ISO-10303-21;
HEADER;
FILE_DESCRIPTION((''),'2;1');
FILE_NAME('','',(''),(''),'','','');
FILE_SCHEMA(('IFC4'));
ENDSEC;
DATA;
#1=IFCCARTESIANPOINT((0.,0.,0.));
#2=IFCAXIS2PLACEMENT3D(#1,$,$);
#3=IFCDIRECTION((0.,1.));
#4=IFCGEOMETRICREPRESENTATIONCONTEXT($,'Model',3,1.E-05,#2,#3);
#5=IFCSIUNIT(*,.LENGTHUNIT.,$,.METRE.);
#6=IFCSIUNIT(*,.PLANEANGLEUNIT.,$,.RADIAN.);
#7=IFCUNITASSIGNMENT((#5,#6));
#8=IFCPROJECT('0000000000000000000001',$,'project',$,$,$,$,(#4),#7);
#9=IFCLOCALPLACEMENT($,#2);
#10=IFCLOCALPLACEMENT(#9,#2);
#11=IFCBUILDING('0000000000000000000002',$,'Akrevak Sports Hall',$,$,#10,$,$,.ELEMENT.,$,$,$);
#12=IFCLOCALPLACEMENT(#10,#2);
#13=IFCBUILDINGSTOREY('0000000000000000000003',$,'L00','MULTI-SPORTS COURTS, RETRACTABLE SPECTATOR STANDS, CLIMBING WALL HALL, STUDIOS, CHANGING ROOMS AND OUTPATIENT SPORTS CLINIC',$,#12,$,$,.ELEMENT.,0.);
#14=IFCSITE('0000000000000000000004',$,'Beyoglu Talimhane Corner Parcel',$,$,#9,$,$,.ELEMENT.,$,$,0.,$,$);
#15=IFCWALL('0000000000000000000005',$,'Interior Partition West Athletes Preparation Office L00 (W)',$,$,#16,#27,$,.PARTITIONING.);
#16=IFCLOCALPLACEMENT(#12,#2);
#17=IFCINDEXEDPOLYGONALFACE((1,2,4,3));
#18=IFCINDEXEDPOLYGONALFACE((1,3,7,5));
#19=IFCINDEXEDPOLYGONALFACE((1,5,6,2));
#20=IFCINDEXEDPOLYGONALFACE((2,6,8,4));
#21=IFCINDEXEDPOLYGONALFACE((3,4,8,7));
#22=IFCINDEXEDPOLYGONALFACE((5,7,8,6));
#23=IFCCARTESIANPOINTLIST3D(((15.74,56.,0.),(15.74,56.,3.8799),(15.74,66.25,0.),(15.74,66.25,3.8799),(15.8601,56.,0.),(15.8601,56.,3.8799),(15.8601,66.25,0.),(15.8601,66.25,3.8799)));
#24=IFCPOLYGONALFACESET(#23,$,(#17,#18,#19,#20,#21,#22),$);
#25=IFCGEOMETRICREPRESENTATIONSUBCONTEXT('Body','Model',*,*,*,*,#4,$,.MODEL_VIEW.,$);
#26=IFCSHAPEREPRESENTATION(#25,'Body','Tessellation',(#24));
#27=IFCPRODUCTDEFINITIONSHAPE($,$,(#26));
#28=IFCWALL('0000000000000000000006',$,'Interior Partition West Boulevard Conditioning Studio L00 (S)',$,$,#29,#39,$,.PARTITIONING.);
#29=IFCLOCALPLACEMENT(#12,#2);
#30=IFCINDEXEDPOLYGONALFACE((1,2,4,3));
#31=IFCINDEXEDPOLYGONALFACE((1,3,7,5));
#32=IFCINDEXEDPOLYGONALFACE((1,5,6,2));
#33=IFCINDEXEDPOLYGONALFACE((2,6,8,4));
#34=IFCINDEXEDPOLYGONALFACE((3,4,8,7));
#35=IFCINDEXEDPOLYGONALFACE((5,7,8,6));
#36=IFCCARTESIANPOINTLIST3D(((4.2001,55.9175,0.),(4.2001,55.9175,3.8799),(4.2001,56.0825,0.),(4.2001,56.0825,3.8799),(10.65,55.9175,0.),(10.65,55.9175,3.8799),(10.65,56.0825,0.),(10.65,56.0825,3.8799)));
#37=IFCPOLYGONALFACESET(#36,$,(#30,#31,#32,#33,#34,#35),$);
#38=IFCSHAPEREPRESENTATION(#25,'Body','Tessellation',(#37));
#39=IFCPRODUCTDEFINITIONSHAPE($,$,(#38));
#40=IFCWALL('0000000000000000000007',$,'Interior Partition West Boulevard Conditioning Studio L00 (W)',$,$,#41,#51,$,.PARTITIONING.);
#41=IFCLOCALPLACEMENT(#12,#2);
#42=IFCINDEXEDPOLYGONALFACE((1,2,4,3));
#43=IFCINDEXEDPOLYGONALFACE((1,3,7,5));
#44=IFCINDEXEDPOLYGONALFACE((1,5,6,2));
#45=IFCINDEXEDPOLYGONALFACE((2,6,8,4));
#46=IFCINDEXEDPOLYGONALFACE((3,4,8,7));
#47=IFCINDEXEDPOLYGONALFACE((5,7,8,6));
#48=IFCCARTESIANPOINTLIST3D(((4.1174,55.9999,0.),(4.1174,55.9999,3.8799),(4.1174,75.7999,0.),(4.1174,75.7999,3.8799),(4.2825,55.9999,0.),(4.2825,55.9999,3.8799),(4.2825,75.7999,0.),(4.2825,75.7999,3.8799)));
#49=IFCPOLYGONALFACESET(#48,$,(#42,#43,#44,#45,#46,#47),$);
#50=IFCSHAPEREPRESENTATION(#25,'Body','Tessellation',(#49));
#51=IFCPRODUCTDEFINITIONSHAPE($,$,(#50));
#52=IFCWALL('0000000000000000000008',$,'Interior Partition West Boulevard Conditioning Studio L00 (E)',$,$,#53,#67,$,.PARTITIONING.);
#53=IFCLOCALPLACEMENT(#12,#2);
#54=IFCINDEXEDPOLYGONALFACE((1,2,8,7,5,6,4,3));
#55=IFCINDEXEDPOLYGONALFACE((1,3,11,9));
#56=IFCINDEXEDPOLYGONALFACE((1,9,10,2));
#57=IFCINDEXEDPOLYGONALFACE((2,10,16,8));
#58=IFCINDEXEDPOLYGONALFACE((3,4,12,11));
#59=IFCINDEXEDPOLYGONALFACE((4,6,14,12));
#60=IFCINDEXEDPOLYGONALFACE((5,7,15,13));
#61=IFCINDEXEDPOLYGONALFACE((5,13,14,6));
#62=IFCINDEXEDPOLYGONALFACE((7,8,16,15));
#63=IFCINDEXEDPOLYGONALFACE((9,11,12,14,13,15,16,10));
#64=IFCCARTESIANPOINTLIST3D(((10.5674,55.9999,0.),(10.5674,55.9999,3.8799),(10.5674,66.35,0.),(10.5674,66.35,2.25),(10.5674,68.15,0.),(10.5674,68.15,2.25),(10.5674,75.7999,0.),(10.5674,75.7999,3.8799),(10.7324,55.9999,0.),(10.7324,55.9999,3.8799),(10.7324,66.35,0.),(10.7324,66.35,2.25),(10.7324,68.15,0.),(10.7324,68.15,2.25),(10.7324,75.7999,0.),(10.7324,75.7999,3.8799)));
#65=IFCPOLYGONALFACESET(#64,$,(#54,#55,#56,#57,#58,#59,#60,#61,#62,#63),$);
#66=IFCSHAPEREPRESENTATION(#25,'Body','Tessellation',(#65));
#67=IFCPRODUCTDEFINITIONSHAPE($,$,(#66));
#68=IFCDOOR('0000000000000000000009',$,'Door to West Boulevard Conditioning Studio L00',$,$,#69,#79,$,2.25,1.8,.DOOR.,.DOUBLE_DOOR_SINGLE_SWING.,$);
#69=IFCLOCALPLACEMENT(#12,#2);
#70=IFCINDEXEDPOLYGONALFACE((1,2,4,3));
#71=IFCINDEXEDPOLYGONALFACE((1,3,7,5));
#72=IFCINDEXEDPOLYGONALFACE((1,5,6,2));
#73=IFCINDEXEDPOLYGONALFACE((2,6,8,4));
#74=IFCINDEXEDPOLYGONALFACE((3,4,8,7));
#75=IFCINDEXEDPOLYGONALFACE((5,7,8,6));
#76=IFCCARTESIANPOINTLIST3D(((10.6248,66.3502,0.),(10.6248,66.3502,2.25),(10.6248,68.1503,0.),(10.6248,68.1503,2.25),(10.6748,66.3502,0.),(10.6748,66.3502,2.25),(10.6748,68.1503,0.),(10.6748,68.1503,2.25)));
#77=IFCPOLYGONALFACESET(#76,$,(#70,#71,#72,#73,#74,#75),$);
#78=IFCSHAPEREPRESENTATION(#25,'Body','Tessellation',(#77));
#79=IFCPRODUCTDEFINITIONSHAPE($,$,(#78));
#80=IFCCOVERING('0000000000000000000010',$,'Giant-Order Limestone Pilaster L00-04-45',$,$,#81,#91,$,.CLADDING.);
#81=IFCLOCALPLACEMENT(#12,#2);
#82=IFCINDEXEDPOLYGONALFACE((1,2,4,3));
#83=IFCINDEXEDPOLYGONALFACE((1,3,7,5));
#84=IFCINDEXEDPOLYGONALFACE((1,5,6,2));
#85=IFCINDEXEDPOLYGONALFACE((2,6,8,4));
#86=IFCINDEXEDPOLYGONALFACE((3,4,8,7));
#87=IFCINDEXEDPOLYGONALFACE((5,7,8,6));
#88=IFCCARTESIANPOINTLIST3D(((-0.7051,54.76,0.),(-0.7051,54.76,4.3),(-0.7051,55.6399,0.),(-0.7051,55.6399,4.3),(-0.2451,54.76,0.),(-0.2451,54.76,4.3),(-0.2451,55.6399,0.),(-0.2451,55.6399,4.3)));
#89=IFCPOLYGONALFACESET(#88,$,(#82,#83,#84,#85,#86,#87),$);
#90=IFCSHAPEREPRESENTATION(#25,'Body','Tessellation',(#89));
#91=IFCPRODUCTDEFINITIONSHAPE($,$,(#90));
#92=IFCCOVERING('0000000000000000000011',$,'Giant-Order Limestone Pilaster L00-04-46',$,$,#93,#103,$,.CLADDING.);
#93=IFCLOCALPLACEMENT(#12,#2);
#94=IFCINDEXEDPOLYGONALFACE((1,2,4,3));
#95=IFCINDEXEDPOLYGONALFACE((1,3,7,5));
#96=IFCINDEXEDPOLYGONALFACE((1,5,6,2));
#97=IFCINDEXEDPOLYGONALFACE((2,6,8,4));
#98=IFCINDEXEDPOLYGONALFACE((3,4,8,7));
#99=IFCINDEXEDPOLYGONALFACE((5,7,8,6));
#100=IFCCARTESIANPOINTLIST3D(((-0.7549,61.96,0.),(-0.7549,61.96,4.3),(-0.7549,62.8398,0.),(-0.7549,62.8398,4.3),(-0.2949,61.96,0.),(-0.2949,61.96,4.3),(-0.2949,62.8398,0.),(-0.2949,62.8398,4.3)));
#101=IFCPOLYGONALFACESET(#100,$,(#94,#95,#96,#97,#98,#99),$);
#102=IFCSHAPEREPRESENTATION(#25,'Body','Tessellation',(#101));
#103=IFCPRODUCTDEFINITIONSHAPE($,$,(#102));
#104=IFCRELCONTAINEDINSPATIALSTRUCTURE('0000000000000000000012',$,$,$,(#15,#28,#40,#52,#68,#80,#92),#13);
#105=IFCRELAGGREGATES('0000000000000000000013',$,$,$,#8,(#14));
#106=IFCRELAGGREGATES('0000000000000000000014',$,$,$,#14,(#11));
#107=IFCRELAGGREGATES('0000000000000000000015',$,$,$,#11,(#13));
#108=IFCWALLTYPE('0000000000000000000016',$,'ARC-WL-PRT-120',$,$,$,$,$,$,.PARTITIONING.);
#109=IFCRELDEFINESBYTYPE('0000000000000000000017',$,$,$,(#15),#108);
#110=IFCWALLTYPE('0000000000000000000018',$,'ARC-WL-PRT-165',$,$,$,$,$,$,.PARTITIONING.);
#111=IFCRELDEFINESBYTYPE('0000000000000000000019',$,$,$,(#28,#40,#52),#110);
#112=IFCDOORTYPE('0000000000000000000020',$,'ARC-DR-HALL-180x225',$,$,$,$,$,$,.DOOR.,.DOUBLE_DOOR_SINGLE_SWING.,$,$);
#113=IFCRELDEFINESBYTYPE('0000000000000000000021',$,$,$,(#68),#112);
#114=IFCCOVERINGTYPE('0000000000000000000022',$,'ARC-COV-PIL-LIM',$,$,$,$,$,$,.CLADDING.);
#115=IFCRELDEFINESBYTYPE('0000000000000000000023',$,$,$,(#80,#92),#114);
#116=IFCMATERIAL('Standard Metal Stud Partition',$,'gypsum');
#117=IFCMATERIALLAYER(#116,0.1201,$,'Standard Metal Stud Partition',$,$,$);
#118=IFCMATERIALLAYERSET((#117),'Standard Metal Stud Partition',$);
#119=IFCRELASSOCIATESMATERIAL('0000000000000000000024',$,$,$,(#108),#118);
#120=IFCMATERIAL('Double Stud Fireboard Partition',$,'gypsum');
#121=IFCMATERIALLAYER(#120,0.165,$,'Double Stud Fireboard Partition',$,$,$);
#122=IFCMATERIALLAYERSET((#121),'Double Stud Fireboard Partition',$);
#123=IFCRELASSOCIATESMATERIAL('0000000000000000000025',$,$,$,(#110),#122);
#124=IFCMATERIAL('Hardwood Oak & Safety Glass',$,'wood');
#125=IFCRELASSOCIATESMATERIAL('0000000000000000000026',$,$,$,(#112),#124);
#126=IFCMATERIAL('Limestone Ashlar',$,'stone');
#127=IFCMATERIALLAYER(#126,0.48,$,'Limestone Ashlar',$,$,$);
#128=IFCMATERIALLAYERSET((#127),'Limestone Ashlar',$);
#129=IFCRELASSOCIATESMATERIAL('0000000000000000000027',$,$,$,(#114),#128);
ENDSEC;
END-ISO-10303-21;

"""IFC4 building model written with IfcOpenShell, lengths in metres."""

from ifc_helpers import new_model, si_unit, direction, frame, frame_2d, origin, origin_2d, place, context, subcontext, project, spatial, rectangle, extrude, material, layer, layer_set, type_object, element, fill, save


model = new_model("IFC4")

# Units and contexts
model_context = context("Model", 3, precision=1e-05, world=origin(), true_north=direction((0.0, 1.0)))
body_context = subcontext(model_context, "Body", "Model", "MODEL_VIEW")
ifc_project = project(units=[si_unit("LENGTHUNIT", "METRE"), si_unit("PLANEANGLEUNIT", "RADIAN")], contexts=[model_context])

# Site, building, storey
site_placement = place(None, origin())
site = spatial("IfcSite", under=ifc_project, at=site_placement, Name="Beyoglu Talimhane Corner Parcel", CompositionType="ELEMENT", RefElevation=0.0)
building_placement = place(site_placement, origin())
building = spatial("IfcBuilding", under=site, at=building_placement, Name="Akrevak Sports Hall", CompositionType="ELEMENT")
storey_placement = place(building_placement, origin())
storey = spatial("IfcBuildingStorey", under=building, at=storey_placement, Name="L00", Description="MULTI-SPORTS COURTS, RETRACTABLE SPECTATOR STANDS, CLIMBING WALL HALL, STUDIOS, CHANGING ROOMS AND OUTPATIENT SPORTS CLINIC", CompositionType="ELEMENT", Elevation=0.0)

# Shared definitions
ifc_material_1 = material(Name="Limestone Ashlar", Category="stone")

# Walls
ifc_material_2 = material(Name="Standard Metal Stud Partition", Category="gypsum")
ifc_layer_1 = layer(ifc_material_2, 0.1201, Name="Standard Metal Stud Partition")
ifc_layer_set_1 = layer_set([ifc_layer_1], Name="Standard Metal Stud Partition")
wall_type_1 = type_object("IfcWallType", Name="ARC-WL-PRT-120", PredefinedType="PARTITIONING", material=ifc_layer_set_1)
wall_1_placement = place(storey_placement, frame((15.8, 56.0, 0.0), z_axis=(0.0, 0.0, 1.0), x_axis=(0.0, 1.0, 0.0)))
element("IfcWall", 1, at=wall_1_placement, inside=storey, type_object=wall_type_1, Name="Interior Partition West Athletes Preparation Office L00 (W)", PredefinedType="PARTITIONING", context=body_context, shape_type="SweptSolid", body=[
    extrude(rectangle(XDim=10.25, YDim=0.1201, at=frame_2d((5.125, 0.0))), origin(), (0.0, 0.0, 1.0), 3.8799),
])
ifc_material_3 = material(Name="Double Stud Fireboard Partition", Category="gypsum")
ifc_layer_2 = layer(ifc_material_3, 0.165, Name="Double Stud Fireboard Partition")
ifc_layer_set_2 = layer_set([ifc_layer_2], Name="Double Stud Fireboard Partition")
wall_type_2 = type_object("IfcWallType", Name="ARC-WL-PRT-165", PredefinedType="PARTITIONING", material=ifc_layer_set_2)
wall_2_placement = place(storey_placement, frame((4.2, 56.0, 0.0), z_axis=(0.0, 0.0, 1.0), x_axis=(1.0, 0.0, 0.0)))
element("IfcWall", 2, at=wall_2_placement, inside=storey, type_object=wall_type_2, Name="Interior Partition West Boulevard Conditioning Studio L00 (S)", PredefinedType="PARTITIONING", context=body_context, shape_type="SweptSolid", body=[
    extrude(rectangle(XDim=6.45, YDim=0.165, at=frame_2d((3.2251, 0.0))), origin(), (0.0, 0.0, 1.0), 3.8799),
])
wall_3_placement = place(storey_placement, frame((4.2, 56.0, 0.0), z_axis=(0.0, 0.0, 1.0), x_axis=(0.0, 1.0, 0.0)))
element("IfcWall", 3, at=wall_3_placement, inside=storey, type_object=wall_type_2, Name="Interior Partition West Boulevard Conditioning Studio L00 (W)", PredefinedType="PARTITIONING", context=body_context, shape_type="SweptSolid", body=[
    extrude(rectangle(XDim=19.8, YDim=0.165, at=frame_2d((9.8999, 0.0))), origin(), (0.0, 0.0, 1.0), 3.8799),
])

# Wall, opening, door
wall_4_placement = place(storey_placement, frame((10.6499, 56.0, 0.0), z_axis=(0.0, 0.0, 1.0), x_axis=(0.0, 1.0, 0.0)))
wall_4 = element("IfcWall", 4, at=wall_4_placement, inside=storey, type_object=wall_type_2, Name="Interior Partition West Boulevard Conditioning Studio L00 (E)", PredefinedType="PARTITIONING", context=body_context, shape_type="SweptSolid", body=[
    extrude(rectangle(XDim=19.8, YDim=0.165, at=frame_2d((9.8999, 0.0))), origin(), (0.0, 0.0, 1.0), 3.8799),
])
opening_1_placement = place(wall_4_placement, frame((10.3501, 0.0, 0.0)))
opening_1 = element("IfcOpeningElement", 5, at=opening_1_placement, cuts=wall_4, PredefinedType="OPENING", context=body_context, shape_type="SweptSolid", body=[
    extrude(rectangle(XDim=1.8, YDim=2.25, at=frame_2d((0.8999, 1.125))), frame((0.0, 0.0945, 0.0), z_axis=(0.0, -1.0, 0.0), x_axis=(1.0, 0.0, 0.0)), (0.0, 0.0, 1.0), 0.189),
])
ifc_material_4 = material(Name="Hardwood Oak & Safety Glass", Category="wood")
door_type_1 = type_object("IfcDoorType", Name="ARC-DR-HALL-180x225", OperationType="DOUBLE_DOOR_SINGLE_SWING", PredefinedType="DOOR", material=ifc_material_4)
door_1_placement = place(opening_1_placement, frame((1.8, 0.0, 0.0), z_axis=(0.0, 0.0, 1.0), x_axis=(-1.0, 0.0, 0.0)))
door_1 = element("IfcDoor", 6, at=door_1_placement, inside=storey, type_object=door_type_1, Name="Door to West Boulevard Conditioning Studio L00", OperationType="DOUBLE_DOOR_SINGLE_SWING", OverallHeight=2.25, OverallWidth=1.8, PredefinedType="DOOR", context=body_context, shape_type="SweptSolid", body=[
    extrude(rectangle(XDim=1.8, YDim=2.25, at=frame_2d((0.8999, 1.125))), frame((0.0, 0.0249, 0.0), z_axis=(0.0, -1.0, 0.0), x_axis=(1.0, 0.0, 0.0)), (0.0, 0.0, 1.0), 0.05),
])
fill(opening_1, door_1)

# Coverings
ifc_layer_3 = layer(ifc_material_1, 0.48, Name="Limestone Ashlar")
ifc_layer_set_3 = layer_set([ifc_layer_3], Name="Limestone Ashlar")
covering_type = type_object("IfcCoveringType", Name="ARC-COV-PIL-LIM", PredefinedType="CLADDING", material=ifc_layer_set_3)
for number, where, z_axis, x_axis, name in (
    (7, (-0.4751, 55.2, 0.0), (0.0, 0.0, 1.0), (0.0, -1.0, 0.0), "Giant-Order Limestone Pilaster L00-04-45"),
    (8, (-0.5249, 62.3999, 0.0), (0.0, 0.0, 1.0), (0.0, -1.0, 0.0), "Giant-Order Limestone Pilaster L00-04-46"),
):
    element("IfcCovering", number, at=place(storey_placement, frame(where, z_axis=z_axis, x_axis=x_axis)), inside=storey, type_object=covering_type, Name=name, PredefinedType="CLADDING", context=body_context, shape_type="SweptSolid", body=[
        extrude(rectangle(XDim=0.8799, YDim=0.46, at=origin_2d()), origin(), (0.0, 0.0, 1.0), 4.3),
    ])

save(model, "model.ifc")
